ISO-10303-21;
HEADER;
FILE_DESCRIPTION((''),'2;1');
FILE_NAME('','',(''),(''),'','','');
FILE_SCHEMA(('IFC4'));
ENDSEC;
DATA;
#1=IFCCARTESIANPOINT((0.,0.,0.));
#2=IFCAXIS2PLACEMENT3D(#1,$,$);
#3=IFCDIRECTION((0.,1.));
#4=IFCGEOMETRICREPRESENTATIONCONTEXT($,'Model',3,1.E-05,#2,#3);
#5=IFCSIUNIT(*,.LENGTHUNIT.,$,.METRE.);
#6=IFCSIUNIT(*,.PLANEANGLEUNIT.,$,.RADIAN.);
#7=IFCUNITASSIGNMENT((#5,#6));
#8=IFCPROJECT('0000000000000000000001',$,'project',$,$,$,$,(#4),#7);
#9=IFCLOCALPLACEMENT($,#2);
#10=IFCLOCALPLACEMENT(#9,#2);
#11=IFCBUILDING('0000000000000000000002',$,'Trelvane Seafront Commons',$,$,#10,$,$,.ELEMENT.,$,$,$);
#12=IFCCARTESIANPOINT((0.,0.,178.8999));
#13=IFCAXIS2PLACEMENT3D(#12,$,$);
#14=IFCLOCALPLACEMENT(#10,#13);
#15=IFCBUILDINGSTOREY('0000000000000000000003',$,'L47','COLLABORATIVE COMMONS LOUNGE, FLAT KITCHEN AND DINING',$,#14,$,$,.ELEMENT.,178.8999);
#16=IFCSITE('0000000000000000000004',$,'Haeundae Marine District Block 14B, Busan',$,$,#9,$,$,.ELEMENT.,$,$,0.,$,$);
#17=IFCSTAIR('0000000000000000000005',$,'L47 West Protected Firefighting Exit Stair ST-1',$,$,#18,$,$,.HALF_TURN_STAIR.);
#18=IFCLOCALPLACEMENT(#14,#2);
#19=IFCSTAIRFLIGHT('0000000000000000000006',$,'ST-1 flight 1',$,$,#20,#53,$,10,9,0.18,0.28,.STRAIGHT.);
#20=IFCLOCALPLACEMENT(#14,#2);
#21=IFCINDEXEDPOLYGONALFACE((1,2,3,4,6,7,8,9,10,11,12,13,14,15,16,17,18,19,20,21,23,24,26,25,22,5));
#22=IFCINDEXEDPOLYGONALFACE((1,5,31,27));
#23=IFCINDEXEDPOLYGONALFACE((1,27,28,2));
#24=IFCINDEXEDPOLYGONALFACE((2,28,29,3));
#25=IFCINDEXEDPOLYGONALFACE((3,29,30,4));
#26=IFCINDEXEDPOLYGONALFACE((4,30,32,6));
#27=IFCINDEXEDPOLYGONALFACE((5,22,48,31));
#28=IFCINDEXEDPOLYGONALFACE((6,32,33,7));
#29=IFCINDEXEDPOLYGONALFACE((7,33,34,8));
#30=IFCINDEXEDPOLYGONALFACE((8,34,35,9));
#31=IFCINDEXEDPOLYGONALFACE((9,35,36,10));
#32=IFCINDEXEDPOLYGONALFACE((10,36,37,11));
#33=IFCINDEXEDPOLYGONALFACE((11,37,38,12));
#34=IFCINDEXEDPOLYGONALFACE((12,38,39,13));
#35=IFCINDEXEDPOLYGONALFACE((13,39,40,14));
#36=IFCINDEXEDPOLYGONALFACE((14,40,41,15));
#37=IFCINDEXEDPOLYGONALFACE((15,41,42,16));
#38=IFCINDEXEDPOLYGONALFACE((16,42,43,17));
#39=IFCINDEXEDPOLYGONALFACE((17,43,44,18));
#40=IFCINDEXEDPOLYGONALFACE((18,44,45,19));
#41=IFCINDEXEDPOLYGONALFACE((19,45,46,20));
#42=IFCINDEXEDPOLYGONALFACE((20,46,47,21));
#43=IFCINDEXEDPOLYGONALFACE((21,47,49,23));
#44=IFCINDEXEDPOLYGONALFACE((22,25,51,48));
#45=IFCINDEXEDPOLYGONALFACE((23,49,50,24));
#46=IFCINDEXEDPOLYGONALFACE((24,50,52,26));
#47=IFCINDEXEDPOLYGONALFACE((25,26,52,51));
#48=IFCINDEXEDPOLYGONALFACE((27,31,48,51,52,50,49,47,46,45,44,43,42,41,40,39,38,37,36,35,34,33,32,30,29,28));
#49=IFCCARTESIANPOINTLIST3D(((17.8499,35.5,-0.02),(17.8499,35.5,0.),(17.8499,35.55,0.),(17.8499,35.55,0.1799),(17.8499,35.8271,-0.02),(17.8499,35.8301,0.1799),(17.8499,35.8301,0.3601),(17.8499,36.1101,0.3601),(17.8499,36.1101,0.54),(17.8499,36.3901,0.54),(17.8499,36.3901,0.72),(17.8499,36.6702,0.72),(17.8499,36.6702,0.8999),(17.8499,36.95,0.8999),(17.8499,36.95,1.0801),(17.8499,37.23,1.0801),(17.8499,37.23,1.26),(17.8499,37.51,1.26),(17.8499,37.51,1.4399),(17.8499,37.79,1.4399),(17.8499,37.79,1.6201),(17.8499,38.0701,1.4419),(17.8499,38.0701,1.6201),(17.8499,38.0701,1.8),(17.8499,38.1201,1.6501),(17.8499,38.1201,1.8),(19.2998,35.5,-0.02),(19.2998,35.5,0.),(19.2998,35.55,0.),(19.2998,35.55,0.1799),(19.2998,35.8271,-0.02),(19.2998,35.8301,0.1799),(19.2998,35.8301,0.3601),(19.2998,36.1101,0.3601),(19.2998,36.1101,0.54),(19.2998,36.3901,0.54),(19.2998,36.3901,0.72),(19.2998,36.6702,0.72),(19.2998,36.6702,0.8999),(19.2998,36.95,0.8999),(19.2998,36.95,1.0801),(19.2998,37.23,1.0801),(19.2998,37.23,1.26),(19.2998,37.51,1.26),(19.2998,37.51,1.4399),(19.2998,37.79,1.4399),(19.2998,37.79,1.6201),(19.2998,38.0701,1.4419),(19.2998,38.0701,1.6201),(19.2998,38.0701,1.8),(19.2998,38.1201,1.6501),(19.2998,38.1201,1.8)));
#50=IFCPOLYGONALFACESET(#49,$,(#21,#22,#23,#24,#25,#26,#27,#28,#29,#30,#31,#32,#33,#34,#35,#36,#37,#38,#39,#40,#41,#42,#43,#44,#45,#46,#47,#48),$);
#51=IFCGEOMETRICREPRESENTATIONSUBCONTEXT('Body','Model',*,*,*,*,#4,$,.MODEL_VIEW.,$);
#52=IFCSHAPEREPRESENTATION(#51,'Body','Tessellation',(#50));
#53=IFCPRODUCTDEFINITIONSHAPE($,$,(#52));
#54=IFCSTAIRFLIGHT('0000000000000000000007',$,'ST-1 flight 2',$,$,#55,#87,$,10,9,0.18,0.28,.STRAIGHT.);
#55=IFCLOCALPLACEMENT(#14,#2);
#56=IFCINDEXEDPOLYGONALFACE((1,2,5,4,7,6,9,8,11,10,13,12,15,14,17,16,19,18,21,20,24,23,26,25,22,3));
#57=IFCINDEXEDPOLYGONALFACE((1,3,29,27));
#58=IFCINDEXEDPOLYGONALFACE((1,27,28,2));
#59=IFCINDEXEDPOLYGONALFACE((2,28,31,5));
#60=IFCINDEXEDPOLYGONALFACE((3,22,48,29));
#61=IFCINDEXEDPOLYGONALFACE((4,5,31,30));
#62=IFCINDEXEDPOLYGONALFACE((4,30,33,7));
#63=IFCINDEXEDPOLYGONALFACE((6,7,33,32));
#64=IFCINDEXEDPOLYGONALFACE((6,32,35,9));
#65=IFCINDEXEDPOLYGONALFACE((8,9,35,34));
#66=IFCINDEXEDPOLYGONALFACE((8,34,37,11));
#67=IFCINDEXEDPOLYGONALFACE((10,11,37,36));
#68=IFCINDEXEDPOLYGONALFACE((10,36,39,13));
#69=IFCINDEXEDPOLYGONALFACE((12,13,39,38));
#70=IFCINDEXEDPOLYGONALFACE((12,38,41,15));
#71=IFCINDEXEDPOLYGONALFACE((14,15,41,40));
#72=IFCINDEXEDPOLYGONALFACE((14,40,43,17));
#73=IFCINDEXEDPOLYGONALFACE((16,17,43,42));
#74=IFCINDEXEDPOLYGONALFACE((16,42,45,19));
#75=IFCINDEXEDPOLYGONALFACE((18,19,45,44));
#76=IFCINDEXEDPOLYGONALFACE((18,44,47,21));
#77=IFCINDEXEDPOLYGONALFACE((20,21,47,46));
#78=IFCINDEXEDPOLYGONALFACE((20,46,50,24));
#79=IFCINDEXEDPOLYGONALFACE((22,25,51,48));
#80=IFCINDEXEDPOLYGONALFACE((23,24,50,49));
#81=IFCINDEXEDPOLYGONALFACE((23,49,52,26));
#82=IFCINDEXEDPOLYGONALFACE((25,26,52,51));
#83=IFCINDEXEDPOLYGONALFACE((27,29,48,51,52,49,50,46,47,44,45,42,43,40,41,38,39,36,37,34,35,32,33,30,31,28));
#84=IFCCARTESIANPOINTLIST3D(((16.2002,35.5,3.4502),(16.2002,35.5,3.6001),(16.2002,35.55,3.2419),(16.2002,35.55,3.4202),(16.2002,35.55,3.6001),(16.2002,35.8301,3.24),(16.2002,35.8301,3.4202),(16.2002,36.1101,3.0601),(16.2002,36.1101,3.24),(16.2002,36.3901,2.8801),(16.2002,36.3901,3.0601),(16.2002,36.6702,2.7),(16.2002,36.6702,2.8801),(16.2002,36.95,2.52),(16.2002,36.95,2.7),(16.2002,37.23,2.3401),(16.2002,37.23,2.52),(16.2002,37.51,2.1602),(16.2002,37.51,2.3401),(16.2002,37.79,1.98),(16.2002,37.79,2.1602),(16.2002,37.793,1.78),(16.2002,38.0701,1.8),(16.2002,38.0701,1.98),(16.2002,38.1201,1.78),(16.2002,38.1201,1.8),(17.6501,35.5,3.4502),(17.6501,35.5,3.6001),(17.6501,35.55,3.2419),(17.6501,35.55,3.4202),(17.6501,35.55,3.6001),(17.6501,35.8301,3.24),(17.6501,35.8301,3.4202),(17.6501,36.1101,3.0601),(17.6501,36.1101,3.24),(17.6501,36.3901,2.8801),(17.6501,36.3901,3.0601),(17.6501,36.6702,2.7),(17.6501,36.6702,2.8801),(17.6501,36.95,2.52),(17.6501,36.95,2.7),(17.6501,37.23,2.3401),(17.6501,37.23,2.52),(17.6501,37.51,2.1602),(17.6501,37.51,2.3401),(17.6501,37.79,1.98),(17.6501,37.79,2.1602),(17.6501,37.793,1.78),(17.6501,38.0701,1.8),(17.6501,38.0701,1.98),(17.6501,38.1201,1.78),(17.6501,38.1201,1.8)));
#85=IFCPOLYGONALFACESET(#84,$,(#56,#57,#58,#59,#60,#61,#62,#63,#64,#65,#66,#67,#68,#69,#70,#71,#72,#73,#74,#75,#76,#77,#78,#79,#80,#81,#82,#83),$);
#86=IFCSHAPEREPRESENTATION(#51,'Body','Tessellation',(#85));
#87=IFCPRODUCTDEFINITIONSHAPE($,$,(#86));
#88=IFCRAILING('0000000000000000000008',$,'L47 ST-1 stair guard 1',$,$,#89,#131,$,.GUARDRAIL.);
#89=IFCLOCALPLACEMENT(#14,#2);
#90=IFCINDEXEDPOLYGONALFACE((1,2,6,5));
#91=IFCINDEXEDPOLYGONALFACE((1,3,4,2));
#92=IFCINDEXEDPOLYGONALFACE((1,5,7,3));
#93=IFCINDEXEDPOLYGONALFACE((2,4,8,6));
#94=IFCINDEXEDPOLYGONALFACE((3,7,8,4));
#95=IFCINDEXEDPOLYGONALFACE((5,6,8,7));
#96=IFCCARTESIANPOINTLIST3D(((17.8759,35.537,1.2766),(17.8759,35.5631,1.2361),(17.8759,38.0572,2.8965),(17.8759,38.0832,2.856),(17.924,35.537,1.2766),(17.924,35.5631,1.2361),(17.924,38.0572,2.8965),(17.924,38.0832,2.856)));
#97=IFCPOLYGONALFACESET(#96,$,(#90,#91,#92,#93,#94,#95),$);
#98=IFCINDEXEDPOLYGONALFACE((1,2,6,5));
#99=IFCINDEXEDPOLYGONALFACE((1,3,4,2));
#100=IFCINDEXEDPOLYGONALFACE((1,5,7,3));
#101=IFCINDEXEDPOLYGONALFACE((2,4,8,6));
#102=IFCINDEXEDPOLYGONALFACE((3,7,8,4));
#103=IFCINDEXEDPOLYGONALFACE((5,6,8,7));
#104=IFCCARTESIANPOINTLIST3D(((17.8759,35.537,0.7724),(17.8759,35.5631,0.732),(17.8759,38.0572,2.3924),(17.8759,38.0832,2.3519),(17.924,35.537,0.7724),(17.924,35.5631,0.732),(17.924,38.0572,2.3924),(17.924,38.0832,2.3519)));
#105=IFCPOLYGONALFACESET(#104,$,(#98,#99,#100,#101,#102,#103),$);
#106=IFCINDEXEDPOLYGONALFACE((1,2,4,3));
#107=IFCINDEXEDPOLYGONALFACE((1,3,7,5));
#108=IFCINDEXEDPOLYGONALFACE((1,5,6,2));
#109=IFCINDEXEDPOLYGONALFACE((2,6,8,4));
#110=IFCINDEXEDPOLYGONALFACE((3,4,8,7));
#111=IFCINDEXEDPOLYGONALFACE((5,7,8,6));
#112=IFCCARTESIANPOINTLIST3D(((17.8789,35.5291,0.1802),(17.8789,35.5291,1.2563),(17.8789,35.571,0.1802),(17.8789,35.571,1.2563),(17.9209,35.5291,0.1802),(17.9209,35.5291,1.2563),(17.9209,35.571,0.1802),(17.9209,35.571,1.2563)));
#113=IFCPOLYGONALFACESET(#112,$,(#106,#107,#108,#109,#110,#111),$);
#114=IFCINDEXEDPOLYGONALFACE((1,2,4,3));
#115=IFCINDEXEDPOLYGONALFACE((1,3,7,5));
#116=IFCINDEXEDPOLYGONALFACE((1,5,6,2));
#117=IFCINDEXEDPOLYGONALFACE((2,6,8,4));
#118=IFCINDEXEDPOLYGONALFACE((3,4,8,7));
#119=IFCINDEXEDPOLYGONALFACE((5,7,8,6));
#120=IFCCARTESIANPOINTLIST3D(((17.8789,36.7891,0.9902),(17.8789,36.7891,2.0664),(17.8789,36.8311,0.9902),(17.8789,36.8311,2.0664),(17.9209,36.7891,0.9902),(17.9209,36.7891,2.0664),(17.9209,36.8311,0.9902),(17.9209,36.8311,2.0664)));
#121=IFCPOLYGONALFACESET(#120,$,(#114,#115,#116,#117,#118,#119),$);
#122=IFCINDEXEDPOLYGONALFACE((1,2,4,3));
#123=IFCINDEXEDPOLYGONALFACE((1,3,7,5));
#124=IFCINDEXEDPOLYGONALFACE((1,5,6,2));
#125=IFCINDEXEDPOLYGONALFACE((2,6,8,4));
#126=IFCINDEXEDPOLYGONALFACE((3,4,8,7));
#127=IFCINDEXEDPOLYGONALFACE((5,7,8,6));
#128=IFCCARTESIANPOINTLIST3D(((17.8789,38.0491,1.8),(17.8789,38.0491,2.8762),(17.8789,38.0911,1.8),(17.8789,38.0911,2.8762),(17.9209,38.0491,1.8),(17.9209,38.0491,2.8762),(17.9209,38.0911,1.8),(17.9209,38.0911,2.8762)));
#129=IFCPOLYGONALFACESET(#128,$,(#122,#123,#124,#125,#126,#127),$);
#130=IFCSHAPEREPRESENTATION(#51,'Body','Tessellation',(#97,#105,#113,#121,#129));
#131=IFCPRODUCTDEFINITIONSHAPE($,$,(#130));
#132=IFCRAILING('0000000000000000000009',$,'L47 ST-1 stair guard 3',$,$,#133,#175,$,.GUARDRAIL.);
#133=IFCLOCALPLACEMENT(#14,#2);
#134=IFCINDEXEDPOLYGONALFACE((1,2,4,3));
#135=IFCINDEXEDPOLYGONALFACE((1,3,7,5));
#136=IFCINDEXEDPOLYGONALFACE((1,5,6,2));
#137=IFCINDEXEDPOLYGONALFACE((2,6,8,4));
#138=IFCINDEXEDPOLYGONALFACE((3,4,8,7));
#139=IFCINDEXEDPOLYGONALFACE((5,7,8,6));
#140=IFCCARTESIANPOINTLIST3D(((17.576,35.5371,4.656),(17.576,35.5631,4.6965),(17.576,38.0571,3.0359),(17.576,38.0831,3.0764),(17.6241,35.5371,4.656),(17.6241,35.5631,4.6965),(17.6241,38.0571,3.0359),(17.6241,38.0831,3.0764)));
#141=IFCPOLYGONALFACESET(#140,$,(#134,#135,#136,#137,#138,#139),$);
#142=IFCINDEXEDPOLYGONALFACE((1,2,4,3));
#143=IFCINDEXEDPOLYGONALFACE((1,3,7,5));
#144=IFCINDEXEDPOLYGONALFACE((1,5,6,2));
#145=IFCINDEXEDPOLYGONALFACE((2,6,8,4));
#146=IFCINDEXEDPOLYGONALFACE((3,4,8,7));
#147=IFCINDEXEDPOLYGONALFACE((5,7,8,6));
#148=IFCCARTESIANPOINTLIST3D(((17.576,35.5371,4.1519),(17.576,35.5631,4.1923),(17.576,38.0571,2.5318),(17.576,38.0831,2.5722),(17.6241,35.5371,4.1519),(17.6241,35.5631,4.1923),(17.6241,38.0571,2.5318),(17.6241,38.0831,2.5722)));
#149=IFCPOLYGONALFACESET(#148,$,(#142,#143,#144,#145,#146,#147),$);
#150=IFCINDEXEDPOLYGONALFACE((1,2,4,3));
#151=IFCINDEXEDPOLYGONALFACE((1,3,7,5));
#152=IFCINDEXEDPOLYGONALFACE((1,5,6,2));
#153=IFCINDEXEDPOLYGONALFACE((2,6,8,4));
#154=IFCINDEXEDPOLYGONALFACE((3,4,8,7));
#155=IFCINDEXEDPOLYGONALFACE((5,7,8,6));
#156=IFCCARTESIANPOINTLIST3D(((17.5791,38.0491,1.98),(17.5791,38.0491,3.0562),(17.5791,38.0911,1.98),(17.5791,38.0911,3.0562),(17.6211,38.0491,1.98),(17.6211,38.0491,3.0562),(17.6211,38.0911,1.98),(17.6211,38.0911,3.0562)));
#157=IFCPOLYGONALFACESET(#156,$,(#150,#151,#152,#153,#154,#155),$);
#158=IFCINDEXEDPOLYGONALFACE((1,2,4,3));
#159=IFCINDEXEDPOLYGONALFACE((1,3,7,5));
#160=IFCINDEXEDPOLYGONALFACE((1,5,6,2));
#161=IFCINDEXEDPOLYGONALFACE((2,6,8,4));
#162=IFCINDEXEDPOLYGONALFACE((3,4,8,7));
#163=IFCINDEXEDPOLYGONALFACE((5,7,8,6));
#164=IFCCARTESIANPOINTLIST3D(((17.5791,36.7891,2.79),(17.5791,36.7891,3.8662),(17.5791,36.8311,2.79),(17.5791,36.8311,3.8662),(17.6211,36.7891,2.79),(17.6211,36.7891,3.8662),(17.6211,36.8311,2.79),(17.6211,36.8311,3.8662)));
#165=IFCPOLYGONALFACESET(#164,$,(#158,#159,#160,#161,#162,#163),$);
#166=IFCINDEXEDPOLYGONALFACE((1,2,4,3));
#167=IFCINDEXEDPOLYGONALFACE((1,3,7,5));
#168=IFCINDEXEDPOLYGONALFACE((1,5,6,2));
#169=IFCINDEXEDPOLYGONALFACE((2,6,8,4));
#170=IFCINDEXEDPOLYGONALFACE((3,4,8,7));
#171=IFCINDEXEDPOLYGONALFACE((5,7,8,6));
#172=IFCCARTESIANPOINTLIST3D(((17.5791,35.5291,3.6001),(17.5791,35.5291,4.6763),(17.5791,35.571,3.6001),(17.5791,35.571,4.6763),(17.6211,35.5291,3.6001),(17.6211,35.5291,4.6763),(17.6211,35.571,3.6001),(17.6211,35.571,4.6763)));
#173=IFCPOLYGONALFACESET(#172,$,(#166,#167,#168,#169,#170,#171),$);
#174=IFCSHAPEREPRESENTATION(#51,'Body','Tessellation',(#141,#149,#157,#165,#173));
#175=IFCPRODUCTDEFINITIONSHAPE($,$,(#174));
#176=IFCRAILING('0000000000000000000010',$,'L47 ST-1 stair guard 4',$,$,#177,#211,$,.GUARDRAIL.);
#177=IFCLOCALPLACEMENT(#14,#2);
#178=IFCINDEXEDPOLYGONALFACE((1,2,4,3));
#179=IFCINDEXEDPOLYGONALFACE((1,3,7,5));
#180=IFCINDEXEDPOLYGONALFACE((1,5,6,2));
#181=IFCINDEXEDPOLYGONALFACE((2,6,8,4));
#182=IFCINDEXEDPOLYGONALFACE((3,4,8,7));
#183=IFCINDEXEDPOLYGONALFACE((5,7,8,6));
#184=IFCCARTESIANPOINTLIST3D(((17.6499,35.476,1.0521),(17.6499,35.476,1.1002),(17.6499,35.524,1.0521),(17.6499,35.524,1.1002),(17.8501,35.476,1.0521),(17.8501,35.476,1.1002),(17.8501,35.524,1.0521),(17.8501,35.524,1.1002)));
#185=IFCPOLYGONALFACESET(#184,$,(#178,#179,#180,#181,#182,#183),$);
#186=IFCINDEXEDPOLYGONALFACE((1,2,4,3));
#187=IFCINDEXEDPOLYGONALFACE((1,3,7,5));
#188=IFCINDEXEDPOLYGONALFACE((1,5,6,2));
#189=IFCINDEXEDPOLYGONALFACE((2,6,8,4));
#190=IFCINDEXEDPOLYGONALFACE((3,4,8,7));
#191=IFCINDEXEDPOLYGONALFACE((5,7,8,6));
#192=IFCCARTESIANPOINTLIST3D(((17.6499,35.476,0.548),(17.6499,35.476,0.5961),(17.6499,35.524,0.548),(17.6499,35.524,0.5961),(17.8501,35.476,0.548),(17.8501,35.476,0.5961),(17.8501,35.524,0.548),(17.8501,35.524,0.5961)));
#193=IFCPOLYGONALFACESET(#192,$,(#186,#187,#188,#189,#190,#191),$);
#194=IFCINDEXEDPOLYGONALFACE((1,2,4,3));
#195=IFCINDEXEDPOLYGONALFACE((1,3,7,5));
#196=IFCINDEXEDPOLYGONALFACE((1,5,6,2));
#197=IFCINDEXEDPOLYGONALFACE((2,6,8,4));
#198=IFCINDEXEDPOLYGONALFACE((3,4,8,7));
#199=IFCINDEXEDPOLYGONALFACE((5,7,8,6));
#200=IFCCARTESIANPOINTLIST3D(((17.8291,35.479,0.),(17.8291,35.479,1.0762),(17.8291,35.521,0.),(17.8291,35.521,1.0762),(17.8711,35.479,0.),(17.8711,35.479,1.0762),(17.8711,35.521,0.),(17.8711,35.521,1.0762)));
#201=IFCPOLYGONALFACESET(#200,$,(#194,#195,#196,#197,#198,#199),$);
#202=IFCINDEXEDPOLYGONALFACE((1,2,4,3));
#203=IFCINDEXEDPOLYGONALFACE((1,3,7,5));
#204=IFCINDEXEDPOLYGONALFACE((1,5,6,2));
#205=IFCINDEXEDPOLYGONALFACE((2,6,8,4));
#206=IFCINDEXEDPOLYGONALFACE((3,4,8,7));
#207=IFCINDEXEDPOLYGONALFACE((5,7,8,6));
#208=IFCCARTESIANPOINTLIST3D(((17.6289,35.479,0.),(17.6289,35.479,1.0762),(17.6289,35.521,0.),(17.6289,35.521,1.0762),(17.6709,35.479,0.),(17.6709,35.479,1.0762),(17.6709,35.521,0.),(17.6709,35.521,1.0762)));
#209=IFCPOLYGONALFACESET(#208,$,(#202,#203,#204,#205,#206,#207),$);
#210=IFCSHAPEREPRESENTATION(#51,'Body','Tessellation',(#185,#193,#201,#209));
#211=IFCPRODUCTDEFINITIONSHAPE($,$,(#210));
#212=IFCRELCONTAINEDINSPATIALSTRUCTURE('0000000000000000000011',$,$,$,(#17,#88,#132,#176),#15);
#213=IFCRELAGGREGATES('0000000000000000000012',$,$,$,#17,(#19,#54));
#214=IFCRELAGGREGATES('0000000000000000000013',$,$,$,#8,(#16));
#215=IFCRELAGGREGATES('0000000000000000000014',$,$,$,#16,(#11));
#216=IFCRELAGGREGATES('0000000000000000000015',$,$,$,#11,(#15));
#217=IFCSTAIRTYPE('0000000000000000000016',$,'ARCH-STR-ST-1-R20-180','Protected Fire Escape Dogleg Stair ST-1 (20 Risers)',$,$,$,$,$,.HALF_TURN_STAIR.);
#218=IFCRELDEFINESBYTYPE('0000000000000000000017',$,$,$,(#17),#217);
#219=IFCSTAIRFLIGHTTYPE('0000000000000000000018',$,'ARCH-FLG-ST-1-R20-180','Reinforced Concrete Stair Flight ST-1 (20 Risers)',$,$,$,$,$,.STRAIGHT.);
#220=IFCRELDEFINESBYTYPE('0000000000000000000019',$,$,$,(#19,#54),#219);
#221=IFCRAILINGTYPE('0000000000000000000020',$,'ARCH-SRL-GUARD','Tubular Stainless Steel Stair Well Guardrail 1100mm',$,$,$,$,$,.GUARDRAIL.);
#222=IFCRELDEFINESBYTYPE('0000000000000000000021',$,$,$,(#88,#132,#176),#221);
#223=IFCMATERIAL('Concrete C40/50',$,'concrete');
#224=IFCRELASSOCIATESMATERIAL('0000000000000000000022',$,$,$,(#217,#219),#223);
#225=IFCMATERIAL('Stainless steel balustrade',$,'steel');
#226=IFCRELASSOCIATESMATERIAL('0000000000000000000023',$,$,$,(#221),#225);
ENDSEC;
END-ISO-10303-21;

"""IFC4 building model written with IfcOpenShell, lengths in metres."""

from ifc_helpers import new_model, si_unit, direction, frame, origin, origin_2d, place, context, subcontext, project, spatial, polyline, rectangle, outline, extrude, source, transform, mapped, material, type_object, element, aggregate, save


model = new_model("IFC4")

# Units and contexts
model_context = context("Model", 3, precision=1e-05, world=origin(), true_north=direction((0.0, 1.0)))
body_context = subcontext(model_context, "Body", "Model", "MODEL_VIEW")
ifc_project = project(units=[si_unit("LENGTHUNIT", "METRE"), si_unit("PLANEANGLEUNIT", "RADIAN")], contexts=[model_context])

# Site, building, storey
site_placement = place(None, origin())
site = spatial("IfcSite", under=ifc_project, at=site_placement, Name="Haeundae Marine District Block 14B, Busan", CompositionType="ELEMENT", RefElevation=0.0)
building_placement = place(site_placement, origin())
building = spatial("IfcBuilding", under=site, at=building_placement, Name="Trelvane Seafront Commons", CompositionType="ELEMENT")
storey_placement = place(building_placement, frame((0.0, 0.0, 178.8999)))
storey = spatial("IfcBuildingStorey", under=building, at=storey_placement, Name="L47", Description="COLLABORATIVE COMMONS LOUNGE, FLAT KITCHEN AND DINING", CompositionType="ELEMENT", Elevation=178.8999)

# Stair, stair flights
ifc_material_1 = material(Name="Concrete C40/50", Category="concrete")
stair_type = type_object("IfcStairType", Name="ARCH-STR-ST-1-R20-180", Description="Protected Fire Escape Dogleg Stair ST-1 (20 Risers)", PredefinedType="HALF_TURN_STAIR", material=ifc_material_1)
stair_placement = place(storey_placement, origin())
stair = element("IfcStair", 1, at=stair_placement, inside=storey, type_object=stair_type, Name="L47 West Protected Firefighting Exit Stair ST-1", PredefinedType="HALF_TURN_STAIR")
stair_flight_type = type_object("IfcStairFlightType", Name="ARCH-FLG-ST-1-R20-180", Description="Reinforced Concrete Stair Flight ST-1 (20 Risers)", PredefinedType="STRAIGHT", material=ifc_material_1)
shared_shape_1 = source(origin(), body_context, "Body", "SweptSolid", [
    extrude(outline(polyline([(-0.05, -0.02), (-0.05, 0.0), (0.0, 0.0), (0.0, 0.1799), (0.28, 0.1799), (0.28, 0.3601), (0.5601, 0.3601), (0.5601, 0.54), (0.8401, 0.54), (0.8401, 0.72), (1.1201, 0.72), (1.1201, 0.8999), (1.3999, 0.8999), (1.3999, 1.0801), (1.6799, 1.0801), (1.6799, 1.26), (1.96, 1.26), (1.96, 1.4399), (2.24, 1.4399), (2.24, 1.6201), (2.52, 1.6201), (2.52, 1.8), (2.5701, 1.8), (2.5701, 1.6501), (2.52, 1.4419), (0.2771, -0.02), (-0.05, -0.02)])), frame((0.0, 0.7251, 0.0), z_axis=(0.0, -1.0, 0.0), x_axis=(1.0, 0.0, 0.0)), (0.0, 0.0, 1.0), 1.45),
])
stair_flight_1_placement = place(storey_placement, frame((18.575, 35.55, 0.0), z_axis=(0.0, 0.0, 1.0), x_axis=(0.0, 1.0, 0.0)))
stair_flight_1 = element("IfcStairFlight", 2, at=stair_flight_1_placement, type_object=stair_flight_type, Name="ST-1 flight 1", NumberOfRisers=10, NumberOfTreads=9, PredefinedType="STRAIGHT", RiserHeight=0.18, TreadLength=0.28, context=body_context, shape_type="MappedRepresentation", body=[
    mapped(shared_shape_1, transform((0.0, 0.0, 0.0), x_axis=(1.0, 0.0, 0.0), y_axis=(0.0, 1.0, 0.0), z_axis=(0.0, 0.0, 1.0), scale=1.0)),
])
stair_flight_2_placement = place(storey_placement, frame((16.925, 38.0701, 1.8), z_axis=(0.0, 0.0, 1.0), x_axis=(0.0, -1.0, 0.0)))
stair_flight_2 = element("IfcStairFlight", 3, at=stair_flight_2_placement, type_object=stair_flight_type, Name="ST-1 flight 2", NumberOfRisers=10, NumberOfTreads=9, PredefinedType="STRAIGHT", RiserHeight=0.18, TreadLength=0.28, context=body_context, shape_type="MappedRepresentation", body=[
    mapped(shared_shape_1, transform((0.0, 0.0, 0.0), x_axis=(1.0, 0.0, 0.0), y_axis=(0.0, 1.0, 0.0), z_axis=(0.0, 0.0, 1.0), scale=1.0)),
])
aggregate(stair, [stair_flight_1, stair_flight_2])

# Railings
ifc_material_2 = material(Name="Stainless steel balustrade", Category="steel")
railing_type_1 = type_object("IfcRailingType", Name="ARCH-SRL-GUARD", Description="Tubular Stainless Steel Stair Well Guardrail 1100mm", PredefinedType="GUARDRAIL", material=ifc_material_2)
railing_1_placement = place(storey_placement, frame((17.8999, 35.55, 0.1802)))
element("IfcRailing", 4, at=railing_1_placement, inside=storey, type_object=railing_type_1, Name="L47 ST-1 stair guard 1", PredefinedType="GUARDRAIL", context=body_context, shape_type="SweptSolid", body=[
    extrude(rectangle(XDim=0.0481, YDim=0.0481, at=origin_2d()), frame((0.0, 0.0, 1.0762), z_axis=(0.0, 0.8412, 0.540725), x_axis=(-1.0, 0.0, 0.0)), (0.0, 0.0, 1.0), 2.9958),
    extrude(rectangle(XDim=0.0481, YDim=0.0481, at=origin_2d()), frame((0.0, 0.0, 0.572), z_axis=(0.0, 0.8412, 0.540725), x_axis=(-1.0, 0.0, 0.0)), (0.0, 0.0, 1.0), 2.9958),
    extrude(rectangle(XDim=0.042, YDim=0.042, at=origin_2d()), origin(), (0.0, 0.0, 1.0), 1.0762),
    extrude(rectangle(XDim=0.042, YDim=0.042, at=origin_2d()), frame((0.0, 1.26, 0.8101)), (0.0, 0.0, 1.0), 1.0762),
    extrude(rectangle(XDim=0.042, YDim=0.042, at=origin_2d()), frame((0.0, 2.52, 1.6199)), (0.0, 0.0, 1.0), 1.0762),
])
railing_2_placement = place(storey_placement, frame((17.6001, 38.0701, 1.98)))
element("IfcRailing", 5, at=railing_2_placement, inside=storey, type_object=railing_type_1, Name="L47 ST-1 stair guard 3", PredefinedType="GUARDRAIL", context=body_context, shape_type="SweptSolid", body=[
    extrude(rectangle(XDim=0.0481, YDim=0.0481, at=origin_2d()), frame((0.0, 0.0, 1.0762), z_axis=(0.0, -0.841163, 0.540782), x_axis=(1.0, 0.0, 0.0)), (0.0, 0.0, 1.0), 2.9958),
    extrude(rectangle(XDim=0.0481, YDim=0.0481, at=origin_2d()), frame((0.0, 0.0, 0.572), z_axis=(0.0, -0.841163, 0.540782), x_axis=(1.0, 0.0, 0.0)), (0.0, 0.0, 1.0), 2.9958),
    extrude(rectangle(XDim=0.042, YDim=0.042, at=origin_2d()), origin(), (0.0, 0.0, 1.0), 1.0762),
    extrude(rectangle(XDim=0.042, YDim=0.042, at=origin_2d()), frame((0.0, -1.26, 0.8101)), (0.0, 0.0, 1.0), 1.0762),
    extrude(rectangle(XDim=0.042, YDim=0.042, at=origin_2d()), frame((0.0, -2.52, 1.6201)), (0.0, 0.0, 1.0), 1.0762),
])
railing_3_placement = place(storey_placement, frame((17.8501, 35.5, 0.0)))
element("IfcRailing", 6, at=railing_3_placement, inside=storey, type_object=railing_type_1, Name="L47 ST-1 stair guard 4", PredefinedType="GUARDRAIL", context=body_context, shape_type="SweptSolid", body=[
    extrude(rectangle(XDim=0.0481, YDim=0.0481, at=origin_2d()), frame((0.0, 0.0, 1.0762), z_axis=(-1.0, 0.0, 0.0), x_axis=(0.0, -1.0, 0.0)), (0.0, 0.0, 1.0), 0.2002),
    extrude(rectangle(XDim=0.0481, YDim=0.0481, at=origin_2d()), frame((0.0, 0.0, 0.572), z_axis=(-1.0, 0.0, 0.0), x_axis=(0.0, -1.0, 0.0)), (0.0, 0.0, 1.0), 0.2002),
    extrude(rectangle(XDim=0.042, YDim=0.042, at=origin_2d()), origin(), (0.0, 0.0, 1.0), 1.0762),
    extrude(rectangle(XDim=0.042, YDim=0.042, at=origin_2d()), frame((-0.2002, 0.0, 0.0)), (0.0, 0.0, 1.0), 1.0762),
])

save(model, "model.ifc")
